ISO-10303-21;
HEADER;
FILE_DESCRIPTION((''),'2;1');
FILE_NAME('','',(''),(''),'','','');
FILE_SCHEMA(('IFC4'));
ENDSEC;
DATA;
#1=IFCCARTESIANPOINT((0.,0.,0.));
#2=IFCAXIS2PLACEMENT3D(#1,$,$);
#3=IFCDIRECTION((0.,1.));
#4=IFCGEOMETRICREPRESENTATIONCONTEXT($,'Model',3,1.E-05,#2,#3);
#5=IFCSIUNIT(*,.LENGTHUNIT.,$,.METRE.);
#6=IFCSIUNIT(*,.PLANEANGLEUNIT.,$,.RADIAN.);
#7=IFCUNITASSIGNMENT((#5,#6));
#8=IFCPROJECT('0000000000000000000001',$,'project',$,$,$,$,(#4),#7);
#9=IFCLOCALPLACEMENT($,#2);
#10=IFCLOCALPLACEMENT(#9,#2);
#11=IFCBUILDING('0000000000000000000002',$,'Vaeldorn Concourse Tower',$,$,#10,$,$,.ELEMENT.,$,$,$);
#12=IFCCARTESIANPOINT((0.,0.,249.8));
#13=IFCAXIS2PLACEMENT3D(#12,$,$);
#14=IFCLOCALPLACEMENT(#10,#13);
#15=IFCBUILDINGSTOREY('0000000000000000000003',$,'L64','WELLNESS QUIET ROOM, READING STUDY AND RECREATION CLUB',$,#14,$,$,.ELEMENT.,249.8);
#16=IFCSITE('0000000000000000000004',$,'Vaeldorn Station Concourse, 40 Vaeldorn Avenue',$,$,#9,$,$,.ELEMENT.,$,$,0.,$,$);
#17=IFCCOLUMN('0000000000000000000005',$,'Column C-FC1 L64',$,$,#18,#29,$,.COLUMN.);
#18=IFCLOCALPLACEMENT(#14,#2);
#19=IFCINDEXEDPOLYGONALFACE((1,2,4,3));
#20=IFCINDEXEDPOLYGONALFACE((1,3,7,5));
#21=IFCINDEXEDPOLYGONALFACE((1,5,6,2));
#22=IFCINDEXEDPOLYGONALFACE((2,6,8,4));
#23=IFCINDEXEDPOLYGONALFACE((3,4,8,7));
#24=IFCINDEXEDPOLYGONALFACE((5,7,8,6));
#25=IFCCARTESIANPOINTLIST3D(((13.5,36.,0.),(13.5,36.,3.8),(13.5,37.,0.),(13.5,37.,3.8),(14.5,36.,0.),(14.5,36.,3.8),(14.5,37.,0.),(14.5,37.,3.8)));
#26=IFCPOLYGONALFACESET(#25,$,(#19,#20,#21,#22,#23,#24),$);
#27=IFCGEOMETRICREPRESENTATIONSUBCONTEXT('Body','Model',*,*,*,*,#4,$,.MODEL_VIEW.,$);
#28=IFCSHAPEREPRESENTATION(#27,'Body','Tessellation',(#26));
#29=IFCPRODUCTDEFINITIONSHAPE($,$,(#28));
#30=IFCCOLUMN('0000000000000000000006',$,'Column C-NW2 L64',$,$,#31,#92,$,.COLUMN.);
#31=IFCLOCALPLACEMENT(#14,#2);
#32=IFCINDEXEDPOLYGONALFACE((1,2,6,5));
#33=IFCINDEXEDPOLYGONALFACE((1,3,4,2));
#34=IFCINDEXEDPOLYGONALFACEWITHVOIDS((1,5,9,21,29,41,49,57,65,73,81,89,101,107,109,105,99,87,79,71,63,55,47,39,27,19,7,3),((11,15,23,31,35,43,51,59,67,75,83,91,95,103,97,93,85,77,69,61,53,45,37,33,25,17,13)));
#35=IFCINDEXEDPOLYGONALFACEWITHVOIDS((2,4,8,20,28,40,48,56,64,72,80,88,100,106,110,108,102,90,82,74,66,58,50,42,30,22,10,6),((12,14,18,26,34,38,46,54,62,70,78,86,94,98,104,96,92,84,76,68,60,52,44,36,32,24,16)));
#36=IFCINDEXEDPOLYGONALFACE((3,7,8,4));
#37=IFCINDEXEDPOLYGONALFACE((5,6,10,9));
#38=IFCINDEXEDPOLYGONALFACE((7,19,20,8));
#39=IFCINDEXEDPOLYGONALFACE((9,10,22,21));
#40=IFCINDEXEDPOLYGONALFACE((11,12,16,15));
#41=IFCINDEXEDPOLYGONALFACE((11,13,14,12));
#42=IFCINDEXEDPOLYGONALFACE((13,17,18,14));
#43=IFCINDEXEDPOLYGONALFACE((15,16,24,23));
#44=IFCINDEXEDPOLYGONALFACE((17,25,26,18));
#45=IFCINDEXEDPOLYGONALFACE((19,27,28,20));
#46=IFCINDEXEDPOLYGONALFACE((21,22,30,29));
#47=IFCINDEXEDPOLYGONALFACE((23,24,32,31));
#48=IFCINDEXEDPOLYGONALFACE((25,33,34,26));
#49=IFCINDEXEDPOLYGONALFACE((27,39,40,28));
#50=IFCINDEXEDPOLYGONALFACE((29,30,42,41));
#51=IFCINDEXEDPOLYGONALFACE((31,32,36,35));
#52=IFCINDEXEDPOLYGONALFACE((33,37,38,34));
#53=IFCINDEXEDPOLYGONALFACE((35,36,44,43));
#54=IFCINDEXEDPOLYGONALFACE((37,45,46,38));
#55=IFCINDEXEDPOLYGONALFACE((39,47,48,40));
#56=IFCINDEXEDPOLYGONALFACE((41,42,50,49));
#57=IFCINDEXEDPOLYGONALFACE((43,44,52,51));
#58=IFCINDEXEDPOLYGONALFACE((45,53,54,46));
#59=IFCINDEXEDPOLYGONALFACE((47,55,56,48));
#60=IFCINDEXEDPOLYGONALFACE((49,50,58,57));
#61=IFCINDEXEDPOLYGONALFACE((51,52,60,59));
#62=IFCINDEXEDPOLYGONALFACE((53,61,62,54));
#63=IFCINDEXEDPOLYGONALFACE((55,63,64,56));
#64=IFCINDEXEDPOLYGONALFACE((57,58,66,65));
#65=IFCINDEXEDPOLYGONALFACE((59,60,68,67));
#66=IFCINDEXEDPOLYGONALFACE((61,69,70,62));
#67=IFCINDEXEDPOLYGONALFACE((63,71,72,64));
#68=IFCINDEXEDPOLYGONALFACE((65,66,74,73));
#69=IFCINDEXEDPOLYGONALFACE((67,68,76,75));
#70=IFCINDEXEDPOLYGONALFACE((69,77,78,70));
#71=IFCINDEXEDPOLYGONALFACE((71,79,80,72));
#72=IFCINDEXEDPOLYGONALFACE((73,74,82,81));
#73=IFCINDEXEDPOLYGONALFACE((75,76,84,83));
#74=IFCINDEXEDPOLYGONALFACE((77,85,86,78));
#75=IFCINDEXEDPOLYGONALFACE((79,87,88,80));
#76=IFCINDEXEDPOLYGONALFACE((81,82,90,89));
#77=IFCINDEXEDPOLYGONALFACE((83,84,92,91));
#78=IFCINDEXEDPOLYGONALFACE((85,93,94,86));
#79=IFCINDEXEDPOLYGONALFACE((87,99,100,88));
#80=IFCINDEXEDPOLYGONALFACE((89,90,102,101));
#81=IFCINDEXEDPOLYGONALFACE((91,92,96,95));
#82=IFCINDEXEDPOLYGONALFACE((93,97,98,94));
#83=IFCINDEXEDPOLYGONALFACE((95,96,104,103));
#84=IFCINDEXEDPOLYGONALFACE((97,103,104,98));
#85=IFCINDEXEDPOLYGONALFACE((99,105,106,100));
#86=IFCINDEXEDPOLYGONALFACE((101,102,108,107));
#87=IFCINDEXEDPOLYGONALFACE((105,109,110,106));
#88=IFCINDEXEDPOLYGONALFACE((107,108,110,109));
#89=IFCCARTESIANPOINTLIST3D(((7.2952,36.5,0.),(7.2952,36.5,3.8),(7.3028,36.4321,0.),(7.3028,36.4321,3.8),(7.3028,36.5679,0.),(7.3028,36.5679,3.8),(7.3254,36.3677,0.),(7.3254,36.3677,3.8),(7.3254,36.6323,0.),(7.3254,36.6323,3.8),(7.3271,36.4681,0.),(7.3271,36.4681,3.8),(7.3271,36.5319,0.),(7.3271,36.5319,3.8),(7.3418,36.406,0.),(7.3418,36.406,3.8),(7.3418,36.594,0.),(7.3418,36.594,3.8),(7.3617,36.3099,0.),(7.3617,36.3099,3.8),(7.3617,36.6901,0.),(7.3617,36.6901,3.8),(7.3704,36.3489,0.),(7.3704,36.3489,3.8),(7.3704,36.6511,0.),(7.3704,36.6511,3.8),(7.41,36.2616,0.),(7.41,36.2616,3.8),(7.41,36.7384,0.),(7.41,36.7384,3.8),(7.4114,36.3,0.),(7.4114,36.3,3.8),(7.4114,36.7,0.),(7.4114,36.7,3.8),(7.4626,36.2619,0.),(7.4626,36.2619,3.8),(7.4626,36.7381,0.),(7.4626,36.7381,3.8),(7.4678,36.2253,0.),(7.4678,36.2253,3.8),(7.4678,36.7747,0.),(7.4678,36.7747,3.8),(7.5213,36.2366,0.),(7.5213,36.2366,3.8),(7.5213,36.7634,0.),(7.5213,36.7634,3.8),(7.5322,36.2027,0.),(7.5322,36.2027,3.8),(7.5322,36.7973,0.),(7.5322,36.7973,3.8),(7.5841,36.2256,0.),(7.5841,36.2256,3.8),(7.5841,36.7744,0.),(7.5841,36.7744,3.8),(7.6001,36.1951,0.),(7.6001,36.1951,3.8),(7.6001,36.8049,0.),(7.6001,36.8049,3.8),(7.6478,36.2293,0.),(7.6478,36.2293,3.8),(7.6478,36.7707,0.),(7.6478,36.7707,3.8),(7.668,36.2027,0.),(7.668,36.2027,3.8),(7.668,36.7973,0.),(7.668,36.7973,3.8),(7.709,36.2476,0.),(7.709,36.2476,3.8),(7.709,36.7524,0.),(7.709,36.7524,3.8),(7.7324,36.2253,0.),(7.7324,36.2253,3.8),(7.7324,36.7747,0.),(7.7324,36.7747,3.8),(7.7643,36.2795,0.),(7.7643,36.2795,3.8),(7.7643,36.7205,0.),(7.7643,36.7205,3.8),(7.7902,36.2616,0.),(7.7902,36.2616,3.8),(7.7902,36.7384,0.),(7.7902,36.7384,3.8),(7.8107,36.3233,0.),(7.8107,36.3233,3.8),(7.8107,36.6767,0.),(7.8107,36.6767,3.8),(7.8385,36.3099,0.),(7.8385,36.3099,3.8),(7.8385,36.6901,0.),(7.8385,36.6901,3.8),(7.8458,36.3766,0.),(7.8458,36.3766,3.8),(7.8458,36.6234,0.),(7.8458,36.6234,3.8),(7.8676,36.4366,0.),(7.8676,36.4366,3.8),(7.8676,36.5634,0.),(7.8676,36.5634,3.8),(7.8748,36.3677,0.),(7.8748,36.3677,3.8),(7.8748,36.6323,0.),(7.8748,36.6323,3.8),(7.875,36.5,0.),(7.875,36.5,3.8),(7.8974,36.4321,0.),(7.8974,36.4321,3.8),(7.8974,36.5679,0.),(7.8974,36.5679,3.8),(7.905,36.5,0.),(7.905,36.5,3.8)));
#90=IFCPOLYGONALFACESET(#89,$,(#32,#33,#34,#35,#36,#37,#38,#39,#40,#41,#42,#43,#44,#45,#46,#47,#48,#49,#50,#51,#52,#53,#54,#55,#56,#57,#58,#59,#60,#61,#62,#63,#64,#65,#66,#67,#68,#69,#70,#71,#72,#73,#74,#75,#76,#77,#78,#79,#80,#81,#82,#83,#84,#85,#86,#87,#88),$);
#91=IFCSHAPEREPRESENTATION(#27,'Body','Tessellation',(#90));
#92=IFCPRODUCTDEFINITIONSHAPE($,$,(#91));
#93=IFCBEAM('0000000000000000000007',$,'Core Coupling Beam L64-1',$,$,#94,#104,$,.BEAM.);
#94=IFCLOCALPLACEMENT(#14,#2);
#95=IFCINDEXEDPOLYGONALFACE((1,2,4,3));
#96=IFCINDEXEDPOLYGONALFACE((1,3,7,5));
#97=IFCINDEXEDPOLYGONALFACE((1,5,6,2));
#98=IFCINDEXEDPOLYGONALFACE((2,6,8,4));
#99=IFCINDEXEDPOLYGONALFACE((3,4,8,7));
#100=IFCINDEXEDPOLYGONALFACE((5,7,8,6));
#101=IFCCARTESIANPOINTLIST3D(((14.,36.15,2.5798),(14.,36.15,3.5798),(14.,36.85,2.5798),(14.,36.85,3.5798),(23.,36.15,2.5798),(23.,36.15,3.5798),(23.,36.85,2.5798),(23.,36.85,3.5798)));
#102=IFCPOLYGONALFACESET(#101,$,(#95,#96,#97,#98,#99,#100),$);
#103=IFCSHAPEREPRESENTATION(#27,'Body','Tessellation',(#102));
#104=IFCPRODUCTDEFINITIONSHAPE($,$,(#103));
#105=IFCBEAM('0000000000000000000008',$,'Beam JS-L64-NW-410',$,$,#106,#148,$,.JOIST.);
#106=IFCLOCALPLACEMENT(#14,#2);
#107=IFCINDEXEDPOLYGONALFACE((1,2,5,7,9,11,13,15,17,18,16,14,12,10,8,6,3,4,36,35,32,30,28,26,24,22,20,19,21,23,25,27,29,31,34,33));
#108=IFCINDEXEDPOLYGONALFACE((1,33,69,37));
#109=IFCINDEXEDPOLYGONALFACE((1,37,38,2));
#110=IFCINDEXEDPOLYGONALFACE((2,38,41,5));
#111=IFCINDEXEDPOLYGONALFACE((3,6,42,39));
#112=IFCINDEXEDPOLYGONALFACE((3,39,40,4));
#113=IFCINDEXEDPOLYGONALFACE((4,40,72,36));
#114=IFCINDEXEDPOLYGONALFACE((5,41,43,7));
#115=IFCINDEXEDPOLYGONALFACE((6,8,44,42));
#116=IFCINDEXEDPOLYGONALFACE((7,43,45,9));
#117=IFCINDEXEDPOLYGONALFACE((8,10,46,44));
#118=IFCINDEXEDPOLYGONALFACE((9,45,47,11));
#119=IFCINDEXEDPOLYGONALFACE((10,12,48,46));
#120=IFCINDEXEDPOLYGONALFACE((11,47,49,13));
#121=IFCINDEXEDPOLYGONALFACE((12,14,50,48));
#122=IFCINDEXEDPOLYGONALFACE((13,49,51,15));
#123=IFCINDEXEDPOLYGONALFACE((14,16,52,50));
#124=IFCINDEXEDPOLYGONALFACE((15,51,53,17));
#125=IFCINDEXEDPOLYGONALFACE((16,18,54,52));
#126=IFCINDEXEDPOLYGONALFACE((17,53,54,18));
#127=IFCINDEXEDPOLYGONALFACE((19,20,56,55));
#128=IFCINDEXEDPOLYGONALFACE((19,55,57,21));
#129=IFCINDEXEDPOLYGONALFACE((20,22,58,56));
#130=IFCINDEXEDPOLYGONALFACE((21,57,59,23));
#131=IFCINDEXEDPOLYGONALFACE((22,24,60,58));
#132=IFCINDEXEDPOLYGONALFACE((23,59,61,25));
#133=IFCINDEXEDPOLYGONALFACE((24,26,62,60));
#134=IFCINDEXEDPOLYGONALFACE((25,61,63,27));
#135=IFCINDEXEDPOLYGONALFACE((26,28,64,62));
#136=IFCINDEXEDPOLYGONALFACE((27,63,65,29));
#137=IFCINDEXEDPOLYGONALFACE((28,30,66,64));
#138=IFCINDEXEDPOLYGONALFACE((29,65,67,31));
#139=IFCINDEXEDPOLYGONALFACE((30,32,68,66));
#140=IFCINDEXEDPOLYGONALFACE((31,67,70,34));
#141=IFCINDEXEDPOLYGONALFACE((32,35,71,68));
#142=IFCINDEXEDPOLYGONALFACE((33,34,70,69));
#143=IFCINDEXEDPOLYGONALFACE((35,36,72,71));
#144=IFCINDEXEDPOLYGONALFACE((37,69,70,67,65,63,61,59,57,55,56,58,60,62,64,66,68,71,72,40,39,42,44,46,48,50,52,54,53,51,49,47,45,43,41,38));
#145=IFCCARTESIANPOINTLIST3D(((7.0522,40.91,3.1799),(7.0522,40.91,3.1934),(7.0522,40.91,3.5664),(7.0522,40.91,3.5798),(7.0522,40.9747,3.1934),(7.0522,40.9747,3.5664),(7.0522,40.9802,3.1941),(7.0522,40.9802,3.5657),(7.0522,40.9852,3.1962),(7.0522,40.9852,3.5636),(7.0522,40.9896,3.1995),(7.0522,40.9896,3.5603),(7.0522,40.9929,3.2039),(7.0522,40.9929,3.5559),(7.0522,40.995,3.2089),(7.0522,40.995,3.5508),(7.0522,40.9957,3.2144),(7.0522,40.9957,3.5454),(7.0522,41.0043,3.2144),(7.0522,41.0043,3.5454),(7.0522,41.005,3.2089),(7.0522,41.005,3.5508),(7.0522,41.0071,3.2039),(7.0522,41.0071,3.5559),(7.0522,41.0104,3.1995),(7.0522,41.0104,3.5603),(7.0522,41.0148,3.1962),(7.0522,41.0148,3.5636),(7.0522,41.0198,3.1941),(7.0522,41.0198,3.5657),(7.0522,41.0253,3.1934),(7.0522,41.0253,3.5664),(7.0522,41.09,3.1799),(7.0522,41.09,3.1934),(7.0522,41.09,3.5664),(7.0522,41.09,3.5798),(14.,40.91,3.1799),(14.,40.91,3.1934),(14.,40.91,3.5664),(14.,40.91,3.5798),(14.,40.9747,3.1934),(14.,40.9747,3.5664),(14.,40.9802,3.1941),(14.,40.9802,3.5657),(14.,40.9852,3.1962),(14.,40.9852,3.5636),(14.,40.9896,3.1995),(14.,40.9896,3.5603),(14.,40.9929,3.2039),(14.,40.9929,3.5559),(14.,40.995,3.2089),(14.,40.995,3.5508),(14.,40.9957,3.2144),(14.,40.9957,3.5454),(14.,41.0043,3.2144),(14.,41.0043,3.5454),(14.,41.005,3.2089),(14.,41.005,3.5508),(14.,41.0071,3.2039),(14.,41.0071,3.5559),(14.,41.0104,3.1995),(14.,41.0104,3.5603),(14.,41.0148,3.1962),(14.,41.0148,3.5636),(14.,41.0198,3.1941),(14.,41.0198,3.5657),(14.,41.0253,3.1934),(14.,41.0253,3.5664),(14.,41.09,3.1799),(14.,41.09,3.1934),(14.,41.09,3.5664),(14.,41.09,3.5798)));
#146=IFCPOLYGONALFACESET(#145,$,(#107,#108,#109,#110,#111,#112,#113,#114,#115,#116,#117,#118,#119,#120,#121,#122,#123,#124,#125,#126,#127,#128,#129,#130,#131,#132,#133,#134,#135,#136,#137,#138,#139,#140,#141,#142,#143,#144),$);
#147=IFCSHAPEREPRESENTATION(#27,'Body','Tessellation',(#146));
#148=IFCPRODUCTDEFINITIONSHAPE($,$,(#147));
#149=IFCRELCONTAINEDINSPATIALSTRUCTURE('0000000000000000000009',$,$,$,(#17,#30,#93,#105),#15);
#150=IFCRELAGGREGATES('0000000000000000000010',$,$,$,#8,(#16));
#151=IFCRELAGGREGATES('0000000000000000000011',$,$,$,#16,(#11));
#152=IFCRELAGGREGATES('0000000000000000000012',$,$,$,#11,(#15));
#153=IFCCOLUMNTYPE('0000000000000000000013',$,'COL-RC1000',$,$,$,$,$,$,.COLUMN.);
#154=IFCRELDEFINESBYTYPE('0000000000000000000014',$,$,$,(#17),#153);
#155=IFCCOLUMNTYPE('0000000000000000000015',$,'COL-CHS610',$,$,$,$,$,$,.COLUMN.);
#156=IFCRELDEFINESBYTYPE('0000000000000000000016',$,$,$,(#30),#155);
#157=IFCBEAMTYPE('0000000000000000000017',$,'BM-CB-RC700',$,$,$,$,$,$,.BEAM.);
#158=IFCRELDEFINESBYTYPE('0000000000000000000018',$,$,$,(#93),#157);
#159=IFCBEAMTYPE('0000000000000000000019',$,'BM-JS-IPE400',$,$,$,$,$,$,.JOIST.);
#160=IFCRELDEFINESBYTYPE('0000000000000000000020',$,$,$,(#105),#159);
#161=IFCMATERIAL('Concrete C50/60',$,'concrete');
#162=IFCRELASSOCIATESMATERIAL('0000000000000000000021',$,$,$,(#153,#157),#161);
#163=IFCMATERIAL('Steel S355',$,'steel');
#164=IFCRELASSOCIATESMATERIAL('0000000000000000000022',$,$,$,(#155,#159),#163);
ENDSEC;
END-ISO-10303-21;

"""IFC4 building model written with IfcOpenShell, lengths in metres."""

from ifc_helpers import new_model, si_unit, direction, frame, origin, origin_2d, place, context, subcontext, project, spatial, rectangle, hollow_circle, i_section, extrude, source, transform, mapped, material, material_profile, profile_set, type_object, element, save


model = new_model("IFC4")

# Units and contexts
model_context = context("Model", 3, precision=1e-05, world=origin(), true_north=direction((0.0, 1.0)))
body_context = subcontext(model_context, "Body", "Model", "MODEL_VIEW")
ifc_project = project(units=[si_unit("LENGTHUNIT", "METRE"), si_unit("PLANEANGLEUNIT", "RADIAN")], contexts=[model_context])

# Site, building, storey
site_placement = place(None, origin())
site = spatial("IfcSite", under=ifc_project, at=site_placement, Name="Vaeldorn Station Concourse, 40 Vaeldorn Avenue", CompositionType="ELEMENT", RefElevation=0.0)
building_placement = place(site_placement, origin())
building = spatial("IfcBuilding", under=site, at=building_placement, Name="Vaeldorn Concourse Tower", CompositionType="ELEMENT")
storey_placement = place(building_placement, frame((0.0, 0.0, 249.8)))
storey = spatial("IfcBuildingStorey", under=building, at=storey_placement, Name="L64", Description="WELLNESS QUIET ROOM, READING STUDY AND RECREATION CLUB", CompositionType="ELEMENT", Elevation=249.8)

# Columns
ifc_material_1 = material(Name="Concrete C50/60", Category="concrete")
ifc_material_profile_1 = material_profile(ifc_material_1, rectangle(XDim=1.0, YDim=1.0, at=origin_2d()), Name="RC 1000x1000")
ifc_profile_set_1 = profile_set([ifc_material_profile_1], Name="Concrete C50/60")
column_type_1 = type_object("IfcColumnType", Name="COL-RC1000", PredefinedType="COLUMN", material=ifc_profile_set_1)
shared_shape_1 = source(origin(), body_context, "Body", "SweptSolid", [
    extrude(rectangle(XDim=1.0, YDim=1.0, at=origin_2d()), origin(), (0.0, 0.0, 1.0), 3.8),
])
column_1_placement = place(storey_placement, frame((14.0, 36.5, 0.0), z_axis=(0.0, 0.0, 1.0), x_axis=(1.0, 0.0, 0.0)))
element("IfcColumn", 1, at=column_1_placement, inside=storey, type_object=column_type_1, Name="Column C-FC1 L64", PredefinedType="COLUMN", context=body_context, shape_type="MappedRepresentation", body=[
    mapped(shared_shape_1, transform((0.0, 0.0, 0.0), scale=1.0)),
])
ifc_material_2 = material(Name="Steel S355", Category="steel")
ifc_material_profile_2 = material_profile(ifc_material_2, hollow_circle(Radius=0.3049, WallThickness=0.03, at=origin_2d()), Name="CHS 610x30")
ifc_profile_set_2 = profile_set([ifc_material_profile_2], Name="Steel S355")
column_type_2 = type_object("IfcColumnType", Name="COL-CHS610", PredefinedType="COLUMN", material=ifc_profile_set_2)
shared_shape_2 = source(origin(), body_context, "Body", "SweptSolid", [
    extrude(hollow_circle(Radius=0.3049, WallThickness=0.03, at=origin_2d()), origin(), (0.0, 0.0, 1.0), 3.8),
])
column_2_placement = place(storey_placement, frame((7.6001, 36.5, 0.0), z_axis=(0.0, 0.0, 1.0), x_axis=(1.0, 0.0, 0.0)))
element("IfcColumn", 2, at=column_2_placement, inside=storey, type_object=column_type_2, Name="Column C-NW2 L64", PredefinedType="COLUMN", context=body_context, shape_type="MappedRepresentation", body=[
    mapped(shared_shape_2, transform((0.0, 0.0, 0.0), scale=1.0)),
])

# Beams
ifc_material_profile_3 = material_profile(ifc_material_1, rectangle(XDim=0.7, YDim=1.0, at=origin_2d()), Name="RC 700x1000")
ifc_profile_set_3 = profile_set([ifc_material_profile_3], Name="Concrete C50/60")
beam_type_1 = type_object("IfcBeamType", Name="BM-CB-RC700", PredefinedType="BEAM", material=ifc_profile_set_3)
shared_shape_3 = source(origin(), body_context, "Body", "SweptSolid", [
    extrude(rectangle(XDim=0.7, YDim=1.0, at=origin_2d()), origin(), (0.0, 0.0, 1.0), 9.0),
])
beam_1_placement = place(storey_placement, frame((14.0, 36.5, 3.0798), z_axis=(1.0, 0.0, 0.0), x_axis=(0.0, 1.0, 0.0)))
element("IfcBeam", 3, at=beam_1_placement, inside=storey, type_object=beam_type_1, Name="Core Coupling Beam L64-1", PredefinedType="BEAM", context=body_context, shape_type="MappedRepresentation", body=[
    mapped(shared_shape_3, transform((0.0, 0.0, 0.0), scale=1.0)),
])
ifc_material_profile_4 = material_profile(ifc_material_2, i_section(OverallWidth=0.1799, OverallDepth=0.3999, WebThickness=0.0085, FlangeThickness=0.0134, FilletRadius=0.021, at=origin_2d()), Name="IPE 400")
ifc_profile_set_4 = profile_set([ifc_material_profile_4], Name="Steel S355")
beam_type_2 = type_object("IfcBeamType", Name="BM-JS-IPE400", PredefinedType="JOIST", material=ifc_profile_set_4)
shared_shape_4 = source(origin(), body_context, "Body", "SweptSolid", [
    extrude(i_section(OverallWidth=0.1799, OverallDepth=0.3999, WebThickness=0.0085, FlangeThickness=0.0134, FilletRadius=0.021, at=origin_2d()), origin(), (0.0, 0.0, 1.0), 6.9478),
])
beam_2_placement = place(storey_placement, frame((7.0522, 41.0, 3.3799), z_axis=(1.0, 0.0, 0.0), x_axis=(0.0, 1.0, 0.0)))
element("IfcBeam", 4, at=beam_2_placement, inside=storey, type_object=beam_type_2, Name="Beam JS-L64-NW-410", PredefinedType="JOIST", context=body_context, shape_type="MappedRepresentation", body=[
    mapped(shared_shape_4, transform((0.0, 0.0, 0.0), scale=1.0)),
])

save(model, "model.ifc")
